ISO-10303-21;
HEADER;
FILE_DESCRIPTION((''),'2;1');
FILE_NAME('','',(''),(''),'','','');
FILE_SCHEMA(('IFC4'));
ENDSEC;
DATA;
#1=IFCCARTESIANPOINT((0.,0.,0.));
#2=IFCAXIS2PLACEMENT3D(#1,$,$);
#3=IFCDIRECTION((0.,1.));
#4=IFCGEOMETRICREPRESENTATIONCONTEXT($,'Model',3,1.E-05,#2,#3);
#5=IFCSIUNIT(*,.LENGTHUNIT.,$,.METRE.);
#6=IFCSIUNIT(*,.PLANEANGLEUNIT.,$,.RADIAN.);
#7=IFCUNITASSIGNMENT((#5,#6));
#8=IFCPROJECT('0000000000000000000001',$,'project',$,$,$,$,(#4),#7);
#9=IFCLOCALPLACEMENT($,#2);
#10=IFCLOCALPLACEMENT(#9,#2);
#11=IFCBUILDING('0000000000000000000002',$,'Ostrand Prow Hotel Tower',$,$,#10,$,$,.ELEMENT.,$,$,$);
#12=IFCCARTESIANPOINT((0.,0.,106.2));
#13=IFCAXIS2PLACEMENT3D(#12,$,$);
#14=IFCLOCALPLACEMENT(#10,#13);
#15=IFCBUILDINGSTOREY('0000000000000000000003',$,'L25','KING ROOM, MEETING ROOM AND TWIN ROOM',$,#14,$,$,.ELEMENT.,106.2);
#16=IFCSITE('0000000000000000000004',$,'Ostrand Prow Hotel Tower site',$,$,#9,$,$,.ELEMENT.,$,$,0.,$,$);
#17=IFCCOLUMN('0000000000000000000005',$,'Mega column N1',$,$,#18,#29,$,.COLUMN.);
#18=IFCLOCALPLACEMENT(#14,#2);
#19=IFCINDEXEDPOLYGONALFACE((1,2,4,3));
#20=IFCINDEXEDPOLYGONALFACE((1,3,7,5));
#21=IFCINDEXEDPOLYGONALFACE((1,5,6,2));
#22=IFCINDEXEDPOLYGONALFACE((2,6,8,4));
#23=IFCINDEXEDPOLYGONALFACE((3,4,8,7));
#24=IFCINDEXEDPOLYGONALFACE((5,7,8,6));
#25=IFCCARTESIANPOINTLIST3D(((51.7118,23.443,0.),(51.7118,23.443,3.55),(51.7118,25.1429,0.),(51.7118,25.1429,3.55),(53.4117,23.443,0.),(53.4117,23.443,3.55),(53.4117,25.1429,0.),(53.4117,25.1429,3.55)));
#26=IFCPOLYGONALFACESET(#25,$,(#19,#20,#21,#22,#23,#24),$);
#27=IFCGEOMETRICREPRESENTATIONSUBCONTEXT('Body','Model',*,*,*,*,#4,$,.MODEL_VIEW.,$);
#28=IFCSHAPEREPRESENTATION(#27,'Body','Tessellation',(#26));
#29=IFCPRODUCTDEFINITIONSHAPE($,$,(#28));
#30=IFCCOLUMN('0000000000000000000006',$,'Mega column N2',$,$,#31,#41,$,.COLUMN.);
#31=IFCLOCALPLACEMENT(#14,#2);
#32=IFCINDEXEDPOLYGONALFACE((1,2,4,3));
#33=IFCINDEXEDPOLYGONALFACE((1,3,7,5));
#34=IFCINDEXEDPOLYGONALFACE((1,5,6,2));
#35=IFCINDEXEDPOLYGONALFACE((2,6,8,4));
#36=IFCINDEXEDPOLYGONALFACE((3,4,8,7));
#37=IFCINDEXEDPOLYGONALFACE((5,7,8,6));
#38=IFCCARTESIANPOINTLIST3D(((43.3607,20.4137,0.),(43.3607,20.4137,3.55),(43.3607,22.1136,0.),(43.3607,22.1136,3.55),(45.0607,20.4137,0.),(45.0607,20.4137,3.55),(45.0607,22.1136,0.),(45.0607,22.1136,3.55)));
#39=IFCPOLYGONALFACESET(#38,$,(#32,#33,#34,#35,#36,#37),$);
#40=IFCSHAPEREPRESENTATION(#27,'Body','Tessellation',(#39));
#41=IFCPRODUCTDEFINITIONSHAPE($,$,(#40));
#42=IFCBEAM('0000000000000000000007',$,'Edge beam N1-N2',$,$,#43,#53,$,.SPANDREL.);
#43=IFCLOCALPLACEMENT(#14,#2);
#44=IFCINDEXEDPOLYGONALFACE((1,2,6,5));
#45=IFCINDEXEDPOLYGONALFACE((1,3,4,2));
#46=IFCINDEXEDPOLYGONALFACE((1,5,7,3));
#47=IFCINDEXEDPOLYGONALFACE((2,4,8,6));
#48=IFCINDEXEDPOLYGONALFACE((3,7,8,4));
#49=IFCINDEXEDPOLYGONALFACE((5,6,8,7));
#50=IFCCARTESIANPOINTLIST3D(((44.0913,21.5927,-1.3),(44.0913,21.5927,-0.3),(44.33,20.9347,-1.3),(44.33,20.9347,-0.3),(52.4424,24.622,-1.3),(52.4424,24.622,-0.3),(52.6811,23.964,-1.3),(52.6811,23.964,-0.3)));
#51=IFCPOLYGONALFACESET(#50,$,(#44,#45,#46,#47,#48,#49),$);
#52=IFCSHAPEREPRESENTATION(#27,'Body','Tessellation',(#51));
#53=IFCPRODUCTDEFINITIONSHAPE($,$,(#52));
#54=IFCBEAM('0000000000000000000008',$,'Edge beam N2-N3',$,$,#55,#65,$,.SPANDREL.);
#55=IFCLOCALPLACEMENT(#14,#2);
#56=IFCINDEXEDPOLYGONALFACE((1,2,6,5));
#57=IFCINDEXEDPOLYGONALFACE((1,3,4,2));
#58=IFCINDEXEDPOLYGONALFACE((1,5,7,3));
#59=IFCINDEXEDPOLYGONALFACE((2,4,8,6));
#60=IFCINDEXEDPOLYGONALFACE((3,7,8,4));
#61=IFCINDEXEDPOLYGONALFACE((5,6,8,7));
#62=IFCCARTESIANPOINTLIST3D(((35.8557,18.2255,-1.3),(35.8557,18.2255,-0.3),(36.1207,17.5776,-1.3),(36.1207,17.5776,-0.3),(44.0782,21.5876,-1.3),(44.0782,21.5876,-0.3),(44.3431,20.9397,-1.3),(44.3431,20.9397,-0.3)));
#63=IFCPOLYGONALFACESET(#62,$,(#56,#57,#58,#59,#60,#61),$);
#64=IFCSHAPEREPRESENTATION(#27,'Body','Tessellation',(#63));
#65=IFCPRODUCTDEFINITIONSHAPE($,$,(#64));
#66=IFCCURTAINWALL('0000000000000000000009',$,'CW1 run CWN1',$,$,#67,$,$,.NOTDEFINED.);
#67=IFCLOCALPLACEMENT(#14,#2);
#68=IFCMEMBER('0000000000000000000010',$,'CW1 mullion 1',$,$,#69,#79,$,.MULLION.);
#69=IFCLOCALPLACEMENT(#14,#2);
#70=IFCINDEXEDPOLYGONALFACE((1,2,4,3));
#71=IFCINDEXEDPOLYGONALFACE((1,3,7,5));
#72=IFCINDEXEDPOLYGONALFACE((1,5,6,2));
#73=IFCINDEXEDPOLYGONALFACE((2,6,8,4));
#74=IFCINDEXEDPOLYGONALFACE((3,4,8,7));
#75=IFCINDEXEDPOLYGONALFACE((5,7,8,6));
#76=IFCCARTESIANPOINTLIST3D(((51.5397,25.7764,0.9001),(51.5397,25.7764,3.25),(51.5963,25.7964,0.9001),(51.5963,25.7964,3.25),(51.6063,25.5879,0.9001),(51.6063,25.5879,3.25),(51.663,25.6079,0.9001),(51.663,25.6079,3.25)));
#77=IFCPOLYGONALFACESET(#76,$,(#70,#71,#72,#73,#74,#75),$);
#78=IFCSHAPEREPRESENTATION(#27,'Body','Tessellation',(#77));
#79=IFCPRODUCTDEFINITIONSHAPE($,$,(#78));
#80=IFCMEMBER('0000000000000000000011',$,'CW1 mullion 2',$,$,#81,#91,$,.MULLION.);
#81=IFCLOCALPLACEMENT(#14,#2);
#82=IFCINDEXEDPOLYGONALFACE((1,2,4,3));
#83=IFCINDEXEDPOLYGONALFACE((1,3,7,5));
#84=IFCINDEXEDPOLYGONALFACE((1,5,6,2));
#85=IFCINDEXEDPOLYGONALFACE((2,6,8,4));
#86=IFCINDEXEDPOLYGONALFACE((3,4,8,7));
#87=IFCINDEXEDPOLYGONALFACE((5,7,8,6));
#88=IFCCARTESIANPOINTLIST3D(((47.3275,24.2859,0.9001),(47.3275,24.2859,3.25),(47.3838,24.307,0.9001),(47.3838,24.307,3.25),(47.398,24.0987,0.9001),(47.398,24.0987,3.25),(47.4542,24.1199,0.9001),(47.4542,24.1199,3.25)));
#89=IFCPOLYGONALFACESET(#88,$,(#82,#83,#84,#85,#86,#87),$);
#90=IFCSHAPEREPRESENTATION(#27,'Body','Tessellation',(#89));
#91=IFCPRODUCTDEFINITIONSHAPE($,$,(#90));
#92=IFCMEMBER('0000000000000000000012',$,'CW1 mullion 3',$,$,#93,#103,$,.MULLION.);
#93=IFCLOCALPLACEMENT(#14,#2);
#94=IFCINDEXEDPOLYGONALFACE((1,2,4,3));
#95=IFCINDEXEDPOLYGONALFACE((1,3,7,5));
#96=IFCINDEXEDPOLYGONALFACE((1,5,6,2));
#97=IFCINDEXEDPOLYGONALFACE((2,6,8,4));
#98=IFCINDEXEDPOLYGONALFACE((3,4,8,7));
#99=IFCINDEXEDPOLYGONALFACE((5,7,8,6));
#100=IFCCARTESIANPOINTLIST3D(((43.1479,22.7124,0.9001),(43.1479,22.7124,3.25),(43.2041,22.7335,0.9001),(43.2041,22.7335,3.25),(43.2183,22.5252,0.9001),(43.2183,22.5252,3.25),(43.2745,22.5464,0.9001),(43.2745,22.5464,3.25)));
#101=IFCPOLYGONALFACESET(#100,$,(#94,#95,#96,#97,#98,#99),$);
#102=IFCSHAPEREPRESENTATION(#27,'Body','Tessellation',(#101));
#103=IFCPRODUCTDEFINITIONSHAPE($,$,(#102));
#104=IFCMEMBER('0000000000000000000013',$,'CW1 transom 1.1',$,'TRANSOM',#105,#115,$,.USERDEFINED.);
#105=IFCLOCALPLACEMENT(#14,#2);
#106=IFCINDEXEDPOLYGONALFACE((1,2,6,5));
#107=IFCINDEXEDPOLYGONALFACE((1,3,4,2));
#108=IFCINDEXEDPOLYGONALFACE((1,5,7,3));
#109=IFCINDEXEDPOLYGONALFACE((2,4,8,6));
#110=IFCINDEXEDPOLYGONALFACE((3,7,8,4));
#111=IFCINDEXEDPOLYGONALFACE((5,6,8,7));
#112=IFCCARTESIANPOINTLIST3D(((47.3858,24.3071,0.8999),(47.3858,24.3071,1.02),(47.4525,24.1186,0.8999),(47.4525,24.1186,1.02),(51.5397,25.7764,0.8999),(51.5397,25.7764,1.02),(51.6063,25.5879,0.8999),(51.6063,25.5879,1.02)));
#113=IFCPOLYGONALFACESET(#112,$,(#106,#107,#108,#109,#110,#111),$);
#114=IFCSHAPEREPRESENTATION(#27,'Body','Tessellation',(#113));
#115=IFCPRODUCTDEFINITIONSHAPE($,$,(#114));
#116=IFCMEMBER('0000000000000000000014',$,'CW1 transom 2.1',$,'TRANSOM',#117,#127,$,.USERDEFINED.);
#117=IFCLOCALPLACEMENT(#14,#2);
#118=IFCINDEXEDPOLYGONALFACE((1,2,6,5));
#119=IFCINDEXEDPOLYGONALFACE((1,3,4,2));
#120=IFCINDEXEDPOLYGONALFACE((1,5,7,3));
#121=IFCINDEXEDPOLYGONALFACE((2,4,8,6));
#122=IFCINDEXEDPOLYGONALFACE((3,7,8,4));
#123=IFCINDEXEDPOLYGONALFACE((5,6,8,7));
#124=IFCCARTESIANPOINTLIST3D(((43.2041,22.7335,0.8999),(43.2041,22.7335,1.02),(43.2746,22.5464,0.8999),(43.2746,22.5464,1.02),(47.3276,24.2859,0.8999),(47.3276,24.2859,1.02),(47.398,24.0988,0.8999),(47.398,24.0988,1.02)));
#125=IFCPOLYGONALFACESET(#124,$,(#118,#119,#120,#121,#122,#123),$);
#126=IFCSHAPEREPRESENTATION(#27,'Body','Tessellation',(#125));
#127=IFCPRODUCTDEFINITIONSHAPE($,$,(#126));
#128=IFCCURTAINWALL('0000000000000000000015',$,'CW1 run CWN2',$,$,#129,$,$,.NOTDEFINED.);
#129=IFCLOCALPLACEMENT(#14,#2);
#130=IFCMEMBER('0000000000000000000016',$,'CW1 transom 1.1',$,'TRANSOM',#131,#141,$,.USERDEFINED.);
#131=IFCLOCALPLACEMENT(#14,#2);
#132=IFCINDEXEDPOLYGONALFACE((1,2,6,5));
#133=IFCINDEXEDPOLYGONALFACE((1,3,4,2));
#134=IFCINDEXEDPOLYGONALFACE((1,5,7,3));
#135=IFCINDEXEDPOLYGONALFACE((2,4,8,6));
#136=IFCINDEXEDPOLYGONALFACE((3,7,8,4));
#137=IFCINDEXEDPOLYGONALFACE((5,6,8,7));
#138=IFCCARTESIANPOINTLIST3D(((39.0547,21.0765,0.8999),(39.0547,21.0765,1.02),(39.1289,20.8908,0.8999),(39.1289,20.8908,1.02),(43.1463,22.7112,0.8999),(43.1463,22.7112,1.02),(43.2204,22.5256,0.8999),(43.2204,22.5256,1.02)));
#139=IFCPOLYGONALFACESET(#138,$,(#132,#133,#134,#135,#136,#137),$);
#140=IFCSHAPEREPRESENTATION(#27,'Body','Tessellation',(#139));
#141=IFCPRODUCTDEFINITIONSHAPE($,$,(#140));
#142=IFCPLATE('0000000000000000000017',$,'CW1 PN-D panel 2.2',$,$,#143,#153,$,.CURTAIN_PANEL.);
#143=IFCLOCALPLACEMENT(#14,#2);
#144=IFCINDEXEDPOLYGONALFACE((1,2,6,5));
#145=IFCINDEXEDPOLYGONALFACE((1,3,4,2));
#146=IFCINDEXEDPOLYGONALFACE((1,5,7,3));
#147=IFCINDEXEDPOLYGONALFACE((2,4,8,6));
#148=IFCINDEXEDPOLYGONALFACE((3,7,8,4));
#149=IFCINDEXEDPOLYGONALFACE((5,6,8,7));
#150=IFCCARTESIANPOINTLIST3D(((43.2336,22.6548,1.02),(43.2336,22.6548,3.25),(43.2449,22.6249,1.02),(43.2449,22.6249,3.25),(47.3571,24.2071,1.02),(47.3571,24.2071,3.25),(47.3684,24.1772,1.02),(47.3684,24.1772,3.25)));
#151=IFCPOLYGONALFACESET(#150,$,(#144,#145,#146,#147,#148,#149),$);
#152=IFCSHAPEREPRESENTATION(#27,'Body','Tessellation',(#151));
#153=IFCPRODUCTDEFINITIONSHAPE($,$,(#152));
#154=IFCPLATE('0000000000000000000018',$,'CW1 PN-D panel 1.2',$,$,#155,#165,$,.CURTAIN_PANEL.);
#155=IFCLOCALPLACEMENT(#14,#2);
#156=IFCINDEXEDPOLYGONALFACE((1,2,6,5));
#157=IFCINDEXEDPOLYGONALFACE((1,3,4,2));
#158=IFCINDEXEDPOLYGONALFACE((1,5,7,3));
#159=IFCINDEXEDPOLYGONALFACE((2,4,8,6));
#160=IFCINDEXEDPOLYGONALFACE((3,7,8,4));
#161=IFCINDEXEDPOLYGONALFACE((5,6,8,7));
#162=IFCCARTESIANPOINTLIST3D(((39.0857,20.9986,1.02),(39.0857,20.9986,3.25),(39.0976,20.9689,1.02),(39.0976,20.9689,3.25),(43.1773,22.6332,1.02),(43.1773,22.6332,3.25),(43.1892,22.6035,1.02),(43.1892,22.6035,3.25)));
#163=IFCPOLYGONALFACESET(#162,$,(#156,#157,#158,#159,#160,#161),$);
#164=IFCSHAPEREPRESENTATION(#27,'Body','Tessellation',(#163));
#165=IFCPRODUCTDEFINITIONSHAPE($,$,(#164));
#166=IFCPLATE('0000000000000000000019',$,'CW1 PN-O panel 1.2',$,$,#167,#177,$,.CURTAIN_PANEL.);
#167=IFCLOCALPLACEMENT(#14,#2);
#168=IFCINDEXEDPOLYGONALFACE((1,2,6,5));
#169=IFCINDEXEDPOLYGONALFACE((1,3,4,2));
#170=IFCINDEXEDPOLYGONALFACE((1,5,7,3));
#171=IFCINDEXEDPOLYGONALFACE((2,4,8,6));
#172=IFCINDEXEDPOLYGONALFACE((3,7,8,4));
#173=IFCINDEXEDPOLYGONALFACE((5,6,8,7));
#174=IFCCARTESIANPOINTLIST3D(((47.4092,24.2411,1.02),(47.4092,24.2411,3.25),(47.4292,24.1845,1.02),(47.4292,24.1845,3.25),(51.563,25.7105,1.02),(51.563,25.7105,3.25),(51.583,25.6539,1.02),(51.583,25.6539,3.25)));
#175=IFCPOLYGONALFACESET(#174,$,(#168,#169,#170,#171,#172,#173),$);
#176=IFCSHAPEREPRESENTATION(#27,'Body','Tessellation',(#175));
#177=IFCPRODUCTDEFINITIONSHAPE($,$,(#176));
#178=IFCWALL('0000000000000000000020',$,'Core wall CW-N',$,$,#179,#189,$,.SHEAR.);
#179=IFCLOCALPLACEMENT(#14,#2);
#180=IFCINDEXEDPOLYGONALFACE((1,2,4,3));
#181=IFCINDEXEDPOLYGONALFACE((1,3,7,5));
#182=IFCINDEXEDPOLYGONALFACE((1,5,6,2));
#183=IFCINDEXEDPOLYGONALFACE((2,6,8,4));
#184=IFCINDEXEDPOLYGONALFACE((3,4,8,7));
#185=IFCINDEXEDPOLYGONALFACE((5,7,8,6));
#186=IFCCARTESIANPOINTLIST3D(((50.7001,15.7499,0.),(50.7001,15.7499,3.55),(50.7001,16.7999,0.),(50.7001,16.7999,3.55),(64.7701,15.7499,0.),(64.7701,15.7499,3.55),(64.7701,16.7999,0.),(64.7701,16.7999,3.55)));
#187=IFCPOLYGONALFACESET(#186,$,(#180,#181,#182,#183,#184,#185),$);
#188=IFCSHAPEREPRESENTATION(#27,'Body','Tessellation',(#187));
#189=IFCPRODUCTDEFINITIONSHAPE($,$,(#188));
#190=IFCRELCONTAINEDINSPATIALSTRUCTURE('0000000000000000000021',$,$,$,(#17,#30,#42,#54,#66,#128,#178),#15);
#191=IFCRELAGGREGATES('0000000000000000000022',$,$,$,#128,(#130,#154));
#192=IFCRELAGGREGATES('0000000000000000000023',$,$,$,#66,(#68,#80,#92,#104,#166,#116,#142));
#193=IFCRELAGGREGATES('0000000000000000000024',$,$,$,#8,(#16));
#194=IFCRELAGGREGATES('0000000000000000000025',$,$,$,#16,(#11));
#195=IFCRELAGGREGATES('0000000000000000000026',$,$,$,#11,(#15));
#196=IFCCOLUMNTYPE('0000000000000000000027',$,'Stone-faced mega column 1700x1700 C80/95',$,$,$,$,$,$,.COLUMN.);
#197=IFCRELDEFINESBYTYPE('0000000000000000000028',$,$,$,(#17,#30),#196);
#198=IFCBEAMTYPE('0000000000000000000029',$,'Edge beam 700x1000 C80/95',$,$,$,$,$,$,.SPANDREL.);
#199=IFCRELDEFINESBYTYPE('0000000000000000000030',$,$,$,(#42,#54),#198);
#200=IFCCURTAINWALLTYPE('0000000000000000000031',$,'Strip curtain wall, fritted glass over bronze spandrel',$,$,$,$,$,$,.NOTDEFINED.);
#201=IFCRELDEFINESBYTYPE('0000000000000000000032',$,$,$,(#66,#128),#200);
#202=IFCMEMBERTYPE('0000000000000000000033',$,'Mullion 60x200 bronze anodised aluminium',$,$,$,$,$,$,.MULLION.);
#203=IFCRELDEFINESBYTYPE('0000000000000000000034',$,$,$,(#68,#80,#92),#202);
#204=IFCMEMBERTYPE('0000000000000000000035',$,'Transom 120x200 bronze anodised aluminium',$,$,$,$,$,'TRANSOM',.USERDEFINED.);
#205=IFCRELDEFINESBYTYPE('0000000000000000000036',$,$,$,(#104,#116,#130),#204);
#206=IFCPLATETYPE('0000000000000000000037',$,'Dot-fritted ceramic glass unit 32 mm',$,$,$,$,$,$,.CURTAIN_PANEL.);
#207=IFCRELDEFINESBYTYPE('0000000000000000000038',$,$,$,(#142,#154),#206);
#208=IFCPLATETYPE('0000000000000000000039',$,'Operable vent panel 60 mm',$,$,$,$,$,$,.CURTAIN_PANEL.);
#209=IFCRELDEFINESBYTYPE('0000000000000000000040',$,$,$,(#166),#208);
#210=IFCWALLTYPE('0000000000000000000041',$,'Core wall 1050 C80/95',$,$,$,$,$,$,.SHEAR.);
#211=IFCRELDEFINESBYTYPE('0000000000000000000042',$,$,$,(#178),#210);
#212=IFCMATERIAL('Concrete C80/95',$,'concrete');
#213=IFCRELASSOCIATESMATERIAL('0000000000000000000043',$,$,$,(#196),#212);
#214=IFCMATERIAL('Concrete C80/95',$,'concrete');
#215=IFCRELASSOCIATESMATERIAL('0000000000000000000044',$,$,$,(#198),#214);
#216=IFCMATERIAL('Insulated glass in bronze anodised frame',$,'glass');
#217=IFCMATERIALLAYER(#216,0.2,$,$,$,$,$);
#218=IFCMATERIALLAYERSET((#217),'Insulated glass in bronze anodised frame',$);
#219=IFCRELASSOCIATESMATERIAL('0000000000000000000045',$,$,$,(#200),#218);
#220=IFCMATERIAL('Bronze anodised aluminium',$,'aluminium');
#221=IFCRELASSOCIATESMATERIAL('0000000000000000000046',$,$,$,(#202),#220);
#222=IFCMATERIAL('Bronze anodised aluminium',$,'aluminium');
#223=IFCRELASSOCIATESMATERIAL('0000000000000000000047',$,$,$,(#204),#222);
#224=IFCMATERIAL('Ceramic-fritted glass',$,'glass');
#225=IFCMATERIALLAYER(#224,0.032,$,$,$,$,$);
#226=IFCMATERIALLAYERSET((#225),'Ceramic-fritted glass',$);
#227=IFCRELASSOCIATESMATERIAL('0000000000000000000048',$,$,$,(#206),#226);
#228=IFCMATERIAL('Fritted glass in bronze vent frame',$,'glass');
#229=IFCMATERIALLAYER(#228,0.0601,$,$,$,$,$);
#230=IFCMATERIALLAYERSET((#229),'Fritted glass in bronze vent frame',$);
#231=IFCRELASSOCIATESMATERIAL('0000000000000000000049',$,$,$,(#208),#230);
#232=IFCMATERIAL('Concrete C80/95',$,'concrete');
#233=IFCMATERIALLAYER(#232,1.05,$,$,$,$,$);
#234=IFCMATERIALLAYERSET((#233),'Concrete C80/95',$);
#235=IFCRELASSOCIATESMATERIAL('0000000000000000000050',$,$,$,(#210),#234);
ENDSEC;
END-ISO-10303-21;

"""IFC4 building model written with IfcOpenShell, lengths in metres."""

from ifc_helpers import new_model, si_unit, direction, frame, frame_2d, origin, origin_2d, place, context, subcontext, project, spatial, rectangle, extrude, material, layer, layer_set, material_profile, profile_set, type_object, element, aggregate, save


model = new_model("IFC4")

# Units and contexts
model_context = context("Model", 3, precision=1e-05, world=origin(), true_north=direction((0.0, 1.0)))
body_context = subcontext(model_context, "Body", "Model", "MODEL_VIEW")
ifc_project = project(units=[si_unit("LENGTHUNIT", "METRE"), si_unit("PLANEANGLEUNIT", "RADIAN")], contexts=[model_context])

# Site, building, storey
site_placement = place(None, origin())
site = spatial("IfcSite", under=ifc_project, at=site_placement, Name="Ostrand Prow Hotel Tower site", CompositionType="ELEMENT", RefElevation=0.0)
building_placement = place(site_placement, origin())
building = spatial("IfcBuilding", under=site, at=building_placement, Name="Ostrand Prow Hotel Tower", CompositionType="ELEMENT")
storey_placement = place(building_placement, frame((0.0, 0.0, 106.2)))
storey = spatial("IfcBuildingStorey", under=building, at=storey_placement, Name="L25", Description="KING ROOM, MEETING ROOM AND TWIN ROOM", CompositionType="ELEMENT", Elevation=106.2)

# Columns
ifc_material_1 = material(Name="Concrete C80/95", Category="concrete")
ifc_material_profile_1 = material_profile(ifc_material_1, rectangle(XDim=1.7, YDim=1.7, at=origin_2d()), Name="RC 1700x1700")
ifc_profile_set_1 = profile_set([ifc_material_profile_1], Name="Concrete C80/95")
column_type = type_object("IfcColumnType", Name="Stone-faced mega column 1700x1700 C80/95", PredefinedType="COLUMN", material=ifc_profile_set_1)
for number, where, z_axis, x_axis, name in (
    (1, (52.5618, 24.293, 0.0), (0.0, 0.0, 1.0), (1.0, 0.0, 0.0), "Mega column N1"),
    (2, (44.2107, 21.2637, 0.0), (0.0, 0.0, 1.0), (1.0, 0.0, 0.0), "Mega column N2"),
):
    element("IfcColumn", number, at=place(storey_placement, frame(where, z_axis=z_axis, x_axis=x_axis)), inside=storey, type_object=column_type, Name=name, PredefinedType="COLUMN", context=body_context, shape_type="SweptSolid", body=[
        extrude(rectangle(XDim=1.7, YDim=1.7, at=origin_2d()), origin(), (0.0, 0.0, 1.0), 3.55),
    ])

# Beams
ifc_material_2 = material(Name="Concrete C80/95", Category="concrete")
ifc_material_profile_2 = material_profile(ifc_material_2, rectangle(XDim=0.7, YDim=1.0, at=origin_2d()), Name="RC 700x1000")
ifc_profile_set_2 = profile_set([ifc_material_profile_2], Name="Concrete C80/95")
beam_type = type_object("IfcBeamType", Name="Edge beam 700x1000 C80/95", PredefinedType="SPANDREL", material=ifc_profile_set_2)
beam_1_placement = place(storey_placement, frame((52.5618, 24.293, -0.8), z_axis=(-0.940063, -0.341002, 0.0), x_axis=(0.341002, -0.940063, 0.0)))
element("IfcBeam", 3, at=beam_1_placement, inside=storey, type_object=beam_type, Name="Edge beam N1-N2", PredefinedType="SPANDREL", context=body_context, shape_type="SweptSolid", body=[
    extrude(rectangle(XDim=0.7, YDim=1.0, at=origin_2d()), origin(), (0.0, 0.0, 1.0), 8.8835),
])
beam_2_placement = place(storey_placement, frame((44.2107, 21.2637, -0.8), z_axis=(-0.925612, -0.378473, 0.0), x_axis=(0.378473, -0.925612, 0.0)))
element("IfcBeam", 4, at=beam_2_placement, inside=storey, type_object=beam_type, Name="Edge beam N2-N3", PredefinedType="SPANDREL", context=body_context, shape_type="SweptSolid", body=[
    extrude(rectangle(XDim=0.7, YDim=1.0, at=origin_2d()), origin(), (0.0, 0.0, 1.0), 8.8833),
])

# Curtain wall, members
ifc_material_3 = material(Name="Insulated glass in bronze anodised frame", Category="glass")
ifc_layer_1 = layer(ifc_material_3, 0.2)
ifc_layer_set_1 = layer_set([ifc_layer_1], Name="Insulated glass in bronze anodised frame")
curtain_wall_type = type_object("IfcCurtainWallType", Name="Strip curtain wall, fritted glass over bronze spandrel", PredefinedType="NOTDEFINED", material=ifc_layer_set_1)
curtain_wall_1_placement = place(storey_placement, origin())
curtain_wall_1 = element("IfcCurtainWall", 5, at=curtain_wall_1_placement, inside=storey, type_object=curtain_wall_type, Name="CW1 run CWN1", PredefinedType="NOTDEFINED")
ifc_material_4 = material(Name="Bronze anodised aluminium", Category="aluminium")
ifc_material_profile_3 = material_profile(ifc_material_4, rectangle(XDim=0.2, YDim=0.0601, at=origin_2d()), Name="Mullion 60x200 bronze anodised aluminium")
ifc_profile_set_3 = profile_set([ifc_material_profile_3], Name="Bronze anodised aluminium")
member_type_1 = type_object("IfcMemberType", Name="Mullion 60x200 bronze anodised aluminium", PredefinedType="MULLION", material=ifc_profile_set_3)
member_1_placement = place(storey_placement, frame((51.6013, 25.6921, 0.9001), z_axis=(0.0, 0.0, 1.0), x_axis=(0.333496, -0.942752, 0.0)))
member_1 = element("IfcMember", 6, at=member_1_placement, type_object=member_type_1, Name="CW1 mullion 1", PredefinedType="MULLION", context=body_context, shape_type="SweptSolid", body=[
    extrude(rectangle(XDim=0.2, YDim=0.0601, at=origin_2d()), origin(), (0.0, 0.0, 1.0), 2.3499),
])
member_2_placement = place(storey_placement, frame((47.3909, 24.2029, 0.9001), z_axis=(0.0, 0.0, 1.0), x_axis=(0.352309, -0.935884, 0.0)))
member_2 = element("IfcMember", 7, at=member_2_placement, type_object=member_type_1, Name="CW1 mullion 2", PredefinedType="MULLION", context=body_context, shape_type="SweptSolid", body=[
    extrude(rectangle(XDim=0.2, YDim=0.0601, at=origin_2d()), origin(), (0.0, 0.0, 1.0), 2.3499),
])
member_3_placement = place(storey_placement, frame((43.2112, 22.6294, 0.9001), z_axis=(0.0, 0.0, 1.0), x_axis=(0.352309, -0.935884, 0.0)))
member_3 = element("IfcMember", 8, at=member_3_placement, type_object=member_type_1, Name="CW1 mullion 3", PredefinedType="MULLION", context=body_context, shape_type="SweptSolid", body=[
    extrude(rectangle(XDim=0.2, YDim=0.0601, at=origin_2d()), origin(), (0.0, 0.0, 1.0), 2.3499),
])
ifc_material_5 = material(Name="Bronze anodised aluminium", Category="aluminium")
ifc_material_profile_4 = material_profile(ifc_material_5, rectangle(XDim=0.2, YDim=0.1201, at=origin_2d()), Name="Transom 120x200 bronze anodised aluminium")
ifc_profile_set_4 = profile_set([ifc_material_profile_4], Name="Bronze anodised aluminium")
member_type_2 = type_object("IfcMemberType", Name="Transom 120x200 bronze anodised aluminium", ElementType="TRANSOM", PredefinedType="USERDEFINED", material=ifc_profile_set_4)
member_4_placement = place(storey_placement, frame((51.573, 25.6821, 0.96), z_axis=(-0.942763, -0.333463, 0.0), x_axis=(0.333463, -0.942763, 0.0)))
member_4 = element("IfcMember", 9, at=member_4_placement, type_object=member_type_2, Name="CW1 transom 1.1", ObjectType="TRANSOM", PredefinedType="USERDEFINED", context=body_context, shape_type="SweptSolid", body=[
    extrude(rectangle(XDim=0.2, YDim=0.1201, at=origin_2d()), origin(), (0.0, 0.0, 1.0), 4.406),
])
member_5_placement = place(storey_placement, frame((47.3628, 24.1924, 0.96), z_axis=(-0.935868, -0.35235, 0.0), x_axis=(0.35235, -0.935868, 0.0)))
member_5 = element("IfcMember", 10, at=member_5_placement, type_object=member_type_2, Name="CW1 transom 2.1", ObjectType="TRANSOM", PredefinedType="USERDEFINED", context=body_context, shape_type="SweptSolid", body=[
    extrude(rectangle(XDim=0.2, YDim=0.1201, at=origin_2d()), origin(), (0.0, 0.0, 1.0), 4.406),
])

# Curtain wall, member
curtain_wall_2_placement = place(storey_placement, origin())
curtain_wall_2 = element("IfcCurtainWall", 11, at=curtain_wall_2_placement, inside=storey, type_object=curtain_wall_type, Name="CW1 run CWN2", PredefinedType="NOTDEFINED")
member_6_placement = place(storey_placement, frame((43.1833, 22.6184, 0.96), z_axis=(-0.928622, -0.371028, 0.0), x_axis=(0.371028, -0.928622, 0.0)))
member_6 = element("IfcMember", 12, at=member_6_placement, type_object=member_type_2, Name="CW1 transom 1.1", ObjectType="TRANSOM", PredefinedType="USERDEFINED", context=body_context, shape_type="SweptSolid", body=[
    extrude(rectangle(XDim=0.2, YDim=0.1201, at=origin_2d()), origin(), (0.0, 0.0, 1.0), 4.406),
])

# Plates
ifc_material_6 = material(Name="Ceramic-fritted glass", Category="glass")
ifc_layer_2 = layer(ifc_material_6, 0.032)
ifc_layer_set_2 = layer_set([ifc_layer_2], Name="Ceramic-fritted glass")
plate_type_1 = type_object("IfcPlateType", Name="Dot-fritted ceramic glass unit 32 mm", PredefinedType="CURTAIN_PANEL", material=ifc_layer_set_2)
plate_1_placement = place(storey_placement, frame((45.301, 23.416, 1.02), z_axis=(0.0, 0.0, 1.0), x_axis=(-0.935884, -0.352309, 0.0)))
plate_1 = element("IfcPlate", 13, at=plate_1_placement, type_object=plate_type_1, Name="CW1 PN-D panel 2.2", PredefinedType="CURTAIN_PANEL", context=body_context, shape_type="SweptSolid", body=[
    extrude(rectangle(XDim=4.406, YDim=0.032, at=origin_2d()), origin(), (0.0, 0.0, 1.0), 2.23),
])
plate_2_placement = place(storey_placement, frame((41.1375, 21.801, 1.02), z_axis=(0.0, 0.0, 1.0), x_axis=(-0.92864, -0.370982, 0.0)))
plate_2 = element("IfcPlate", 14, at=plate_2_placement, type_object=plate_type_1, Name="CW1 PN-D panel 1.2", PredefinedType="CURTAIN_PANEL", context=body_context, shape_type="SweptSolid", body=[
    extrude(rectangle(XDim=4.406, YDim=0.032, at=origin_2d()), origin(), (0.0, 0.0, 1.0), 2.23),
])
aggregate(curtain_wall_2, [member_6, plate_2])
ifc_material_7 = material(Name="Fritted glass in bronze vent frame", Category="glass")
ifc_layer_3 = layer(ifc_material_7, 0.0601)
ifc_layer_set_3 = layer_set([ifc_layer_3], Name="Fritted glass in bronze vent frame")
plate_type_2 = type_object("IfcPlateType", Name="Operable vent panel 60 mm", PredefinedType="CURTAIN_PANEL", material=ifc_layer_set_3)
plate_3_placement = place(storey_placement, frame((49.4961, 24.9475, 1.02), z_axis=(0.0, 0.0, 1.0), x_axis=(-0.942752, -0.333496, 0.0)))
plate_3 = element("IfcPlate", 15, at=plate_3_placement, type_object=plate_type_2, Name="CW1 PN-O panel 1.2", PredefinedType="CURTAIN_PANEL", context=body_context, shape_type="SweptSolid", body=[
    extrude(rectangle(XDim=4.406, YDim=0.0601, at=origin_2d()), origin(), (0.0, 0.0, 1.0), 2.23),
])
aggregate(curtain_wall_1, [member_1, member_2, member_3, member_4, plate_3, member_5, plate_1])

# Wall
ifc_material_8 = material(Name="Concrete C80/95", Category="concrete")
ifc_layer_4 = layer(ifc_material_8, 1.05)
ifc_layer_set_4 = layer_set([ifc_layer_4], Name="Concrete C80/95")
wall_type_1 = type_object("IfcWallType", Name="Core wall 1050 C80/95", PredefinedType="SHEAR", material=ifc_layer_set_4)
wall_1_placement = place(storey_placement, frame((50.7, 16.2749, 0.0), z_axis=(0.0, 0.0, 1.0), x_axis=(1.0, 0.0, 0.0)))
element("IfcWall", 16, at=wall_1_placement, inside=storey, type_object=wall_type_1, Name="Core wall CW-N", PredefinedType="SHEAR", context=body_context, shape_type="SweptSolid", body=[
    extrude(rectangle(XDim=14.0701, YDim=1.05, at=frame_2d((7.0352, 0.0))), origin(), (0.0, 0.0, 1.0), 3.55),
])

save(model, "model.ifc")
